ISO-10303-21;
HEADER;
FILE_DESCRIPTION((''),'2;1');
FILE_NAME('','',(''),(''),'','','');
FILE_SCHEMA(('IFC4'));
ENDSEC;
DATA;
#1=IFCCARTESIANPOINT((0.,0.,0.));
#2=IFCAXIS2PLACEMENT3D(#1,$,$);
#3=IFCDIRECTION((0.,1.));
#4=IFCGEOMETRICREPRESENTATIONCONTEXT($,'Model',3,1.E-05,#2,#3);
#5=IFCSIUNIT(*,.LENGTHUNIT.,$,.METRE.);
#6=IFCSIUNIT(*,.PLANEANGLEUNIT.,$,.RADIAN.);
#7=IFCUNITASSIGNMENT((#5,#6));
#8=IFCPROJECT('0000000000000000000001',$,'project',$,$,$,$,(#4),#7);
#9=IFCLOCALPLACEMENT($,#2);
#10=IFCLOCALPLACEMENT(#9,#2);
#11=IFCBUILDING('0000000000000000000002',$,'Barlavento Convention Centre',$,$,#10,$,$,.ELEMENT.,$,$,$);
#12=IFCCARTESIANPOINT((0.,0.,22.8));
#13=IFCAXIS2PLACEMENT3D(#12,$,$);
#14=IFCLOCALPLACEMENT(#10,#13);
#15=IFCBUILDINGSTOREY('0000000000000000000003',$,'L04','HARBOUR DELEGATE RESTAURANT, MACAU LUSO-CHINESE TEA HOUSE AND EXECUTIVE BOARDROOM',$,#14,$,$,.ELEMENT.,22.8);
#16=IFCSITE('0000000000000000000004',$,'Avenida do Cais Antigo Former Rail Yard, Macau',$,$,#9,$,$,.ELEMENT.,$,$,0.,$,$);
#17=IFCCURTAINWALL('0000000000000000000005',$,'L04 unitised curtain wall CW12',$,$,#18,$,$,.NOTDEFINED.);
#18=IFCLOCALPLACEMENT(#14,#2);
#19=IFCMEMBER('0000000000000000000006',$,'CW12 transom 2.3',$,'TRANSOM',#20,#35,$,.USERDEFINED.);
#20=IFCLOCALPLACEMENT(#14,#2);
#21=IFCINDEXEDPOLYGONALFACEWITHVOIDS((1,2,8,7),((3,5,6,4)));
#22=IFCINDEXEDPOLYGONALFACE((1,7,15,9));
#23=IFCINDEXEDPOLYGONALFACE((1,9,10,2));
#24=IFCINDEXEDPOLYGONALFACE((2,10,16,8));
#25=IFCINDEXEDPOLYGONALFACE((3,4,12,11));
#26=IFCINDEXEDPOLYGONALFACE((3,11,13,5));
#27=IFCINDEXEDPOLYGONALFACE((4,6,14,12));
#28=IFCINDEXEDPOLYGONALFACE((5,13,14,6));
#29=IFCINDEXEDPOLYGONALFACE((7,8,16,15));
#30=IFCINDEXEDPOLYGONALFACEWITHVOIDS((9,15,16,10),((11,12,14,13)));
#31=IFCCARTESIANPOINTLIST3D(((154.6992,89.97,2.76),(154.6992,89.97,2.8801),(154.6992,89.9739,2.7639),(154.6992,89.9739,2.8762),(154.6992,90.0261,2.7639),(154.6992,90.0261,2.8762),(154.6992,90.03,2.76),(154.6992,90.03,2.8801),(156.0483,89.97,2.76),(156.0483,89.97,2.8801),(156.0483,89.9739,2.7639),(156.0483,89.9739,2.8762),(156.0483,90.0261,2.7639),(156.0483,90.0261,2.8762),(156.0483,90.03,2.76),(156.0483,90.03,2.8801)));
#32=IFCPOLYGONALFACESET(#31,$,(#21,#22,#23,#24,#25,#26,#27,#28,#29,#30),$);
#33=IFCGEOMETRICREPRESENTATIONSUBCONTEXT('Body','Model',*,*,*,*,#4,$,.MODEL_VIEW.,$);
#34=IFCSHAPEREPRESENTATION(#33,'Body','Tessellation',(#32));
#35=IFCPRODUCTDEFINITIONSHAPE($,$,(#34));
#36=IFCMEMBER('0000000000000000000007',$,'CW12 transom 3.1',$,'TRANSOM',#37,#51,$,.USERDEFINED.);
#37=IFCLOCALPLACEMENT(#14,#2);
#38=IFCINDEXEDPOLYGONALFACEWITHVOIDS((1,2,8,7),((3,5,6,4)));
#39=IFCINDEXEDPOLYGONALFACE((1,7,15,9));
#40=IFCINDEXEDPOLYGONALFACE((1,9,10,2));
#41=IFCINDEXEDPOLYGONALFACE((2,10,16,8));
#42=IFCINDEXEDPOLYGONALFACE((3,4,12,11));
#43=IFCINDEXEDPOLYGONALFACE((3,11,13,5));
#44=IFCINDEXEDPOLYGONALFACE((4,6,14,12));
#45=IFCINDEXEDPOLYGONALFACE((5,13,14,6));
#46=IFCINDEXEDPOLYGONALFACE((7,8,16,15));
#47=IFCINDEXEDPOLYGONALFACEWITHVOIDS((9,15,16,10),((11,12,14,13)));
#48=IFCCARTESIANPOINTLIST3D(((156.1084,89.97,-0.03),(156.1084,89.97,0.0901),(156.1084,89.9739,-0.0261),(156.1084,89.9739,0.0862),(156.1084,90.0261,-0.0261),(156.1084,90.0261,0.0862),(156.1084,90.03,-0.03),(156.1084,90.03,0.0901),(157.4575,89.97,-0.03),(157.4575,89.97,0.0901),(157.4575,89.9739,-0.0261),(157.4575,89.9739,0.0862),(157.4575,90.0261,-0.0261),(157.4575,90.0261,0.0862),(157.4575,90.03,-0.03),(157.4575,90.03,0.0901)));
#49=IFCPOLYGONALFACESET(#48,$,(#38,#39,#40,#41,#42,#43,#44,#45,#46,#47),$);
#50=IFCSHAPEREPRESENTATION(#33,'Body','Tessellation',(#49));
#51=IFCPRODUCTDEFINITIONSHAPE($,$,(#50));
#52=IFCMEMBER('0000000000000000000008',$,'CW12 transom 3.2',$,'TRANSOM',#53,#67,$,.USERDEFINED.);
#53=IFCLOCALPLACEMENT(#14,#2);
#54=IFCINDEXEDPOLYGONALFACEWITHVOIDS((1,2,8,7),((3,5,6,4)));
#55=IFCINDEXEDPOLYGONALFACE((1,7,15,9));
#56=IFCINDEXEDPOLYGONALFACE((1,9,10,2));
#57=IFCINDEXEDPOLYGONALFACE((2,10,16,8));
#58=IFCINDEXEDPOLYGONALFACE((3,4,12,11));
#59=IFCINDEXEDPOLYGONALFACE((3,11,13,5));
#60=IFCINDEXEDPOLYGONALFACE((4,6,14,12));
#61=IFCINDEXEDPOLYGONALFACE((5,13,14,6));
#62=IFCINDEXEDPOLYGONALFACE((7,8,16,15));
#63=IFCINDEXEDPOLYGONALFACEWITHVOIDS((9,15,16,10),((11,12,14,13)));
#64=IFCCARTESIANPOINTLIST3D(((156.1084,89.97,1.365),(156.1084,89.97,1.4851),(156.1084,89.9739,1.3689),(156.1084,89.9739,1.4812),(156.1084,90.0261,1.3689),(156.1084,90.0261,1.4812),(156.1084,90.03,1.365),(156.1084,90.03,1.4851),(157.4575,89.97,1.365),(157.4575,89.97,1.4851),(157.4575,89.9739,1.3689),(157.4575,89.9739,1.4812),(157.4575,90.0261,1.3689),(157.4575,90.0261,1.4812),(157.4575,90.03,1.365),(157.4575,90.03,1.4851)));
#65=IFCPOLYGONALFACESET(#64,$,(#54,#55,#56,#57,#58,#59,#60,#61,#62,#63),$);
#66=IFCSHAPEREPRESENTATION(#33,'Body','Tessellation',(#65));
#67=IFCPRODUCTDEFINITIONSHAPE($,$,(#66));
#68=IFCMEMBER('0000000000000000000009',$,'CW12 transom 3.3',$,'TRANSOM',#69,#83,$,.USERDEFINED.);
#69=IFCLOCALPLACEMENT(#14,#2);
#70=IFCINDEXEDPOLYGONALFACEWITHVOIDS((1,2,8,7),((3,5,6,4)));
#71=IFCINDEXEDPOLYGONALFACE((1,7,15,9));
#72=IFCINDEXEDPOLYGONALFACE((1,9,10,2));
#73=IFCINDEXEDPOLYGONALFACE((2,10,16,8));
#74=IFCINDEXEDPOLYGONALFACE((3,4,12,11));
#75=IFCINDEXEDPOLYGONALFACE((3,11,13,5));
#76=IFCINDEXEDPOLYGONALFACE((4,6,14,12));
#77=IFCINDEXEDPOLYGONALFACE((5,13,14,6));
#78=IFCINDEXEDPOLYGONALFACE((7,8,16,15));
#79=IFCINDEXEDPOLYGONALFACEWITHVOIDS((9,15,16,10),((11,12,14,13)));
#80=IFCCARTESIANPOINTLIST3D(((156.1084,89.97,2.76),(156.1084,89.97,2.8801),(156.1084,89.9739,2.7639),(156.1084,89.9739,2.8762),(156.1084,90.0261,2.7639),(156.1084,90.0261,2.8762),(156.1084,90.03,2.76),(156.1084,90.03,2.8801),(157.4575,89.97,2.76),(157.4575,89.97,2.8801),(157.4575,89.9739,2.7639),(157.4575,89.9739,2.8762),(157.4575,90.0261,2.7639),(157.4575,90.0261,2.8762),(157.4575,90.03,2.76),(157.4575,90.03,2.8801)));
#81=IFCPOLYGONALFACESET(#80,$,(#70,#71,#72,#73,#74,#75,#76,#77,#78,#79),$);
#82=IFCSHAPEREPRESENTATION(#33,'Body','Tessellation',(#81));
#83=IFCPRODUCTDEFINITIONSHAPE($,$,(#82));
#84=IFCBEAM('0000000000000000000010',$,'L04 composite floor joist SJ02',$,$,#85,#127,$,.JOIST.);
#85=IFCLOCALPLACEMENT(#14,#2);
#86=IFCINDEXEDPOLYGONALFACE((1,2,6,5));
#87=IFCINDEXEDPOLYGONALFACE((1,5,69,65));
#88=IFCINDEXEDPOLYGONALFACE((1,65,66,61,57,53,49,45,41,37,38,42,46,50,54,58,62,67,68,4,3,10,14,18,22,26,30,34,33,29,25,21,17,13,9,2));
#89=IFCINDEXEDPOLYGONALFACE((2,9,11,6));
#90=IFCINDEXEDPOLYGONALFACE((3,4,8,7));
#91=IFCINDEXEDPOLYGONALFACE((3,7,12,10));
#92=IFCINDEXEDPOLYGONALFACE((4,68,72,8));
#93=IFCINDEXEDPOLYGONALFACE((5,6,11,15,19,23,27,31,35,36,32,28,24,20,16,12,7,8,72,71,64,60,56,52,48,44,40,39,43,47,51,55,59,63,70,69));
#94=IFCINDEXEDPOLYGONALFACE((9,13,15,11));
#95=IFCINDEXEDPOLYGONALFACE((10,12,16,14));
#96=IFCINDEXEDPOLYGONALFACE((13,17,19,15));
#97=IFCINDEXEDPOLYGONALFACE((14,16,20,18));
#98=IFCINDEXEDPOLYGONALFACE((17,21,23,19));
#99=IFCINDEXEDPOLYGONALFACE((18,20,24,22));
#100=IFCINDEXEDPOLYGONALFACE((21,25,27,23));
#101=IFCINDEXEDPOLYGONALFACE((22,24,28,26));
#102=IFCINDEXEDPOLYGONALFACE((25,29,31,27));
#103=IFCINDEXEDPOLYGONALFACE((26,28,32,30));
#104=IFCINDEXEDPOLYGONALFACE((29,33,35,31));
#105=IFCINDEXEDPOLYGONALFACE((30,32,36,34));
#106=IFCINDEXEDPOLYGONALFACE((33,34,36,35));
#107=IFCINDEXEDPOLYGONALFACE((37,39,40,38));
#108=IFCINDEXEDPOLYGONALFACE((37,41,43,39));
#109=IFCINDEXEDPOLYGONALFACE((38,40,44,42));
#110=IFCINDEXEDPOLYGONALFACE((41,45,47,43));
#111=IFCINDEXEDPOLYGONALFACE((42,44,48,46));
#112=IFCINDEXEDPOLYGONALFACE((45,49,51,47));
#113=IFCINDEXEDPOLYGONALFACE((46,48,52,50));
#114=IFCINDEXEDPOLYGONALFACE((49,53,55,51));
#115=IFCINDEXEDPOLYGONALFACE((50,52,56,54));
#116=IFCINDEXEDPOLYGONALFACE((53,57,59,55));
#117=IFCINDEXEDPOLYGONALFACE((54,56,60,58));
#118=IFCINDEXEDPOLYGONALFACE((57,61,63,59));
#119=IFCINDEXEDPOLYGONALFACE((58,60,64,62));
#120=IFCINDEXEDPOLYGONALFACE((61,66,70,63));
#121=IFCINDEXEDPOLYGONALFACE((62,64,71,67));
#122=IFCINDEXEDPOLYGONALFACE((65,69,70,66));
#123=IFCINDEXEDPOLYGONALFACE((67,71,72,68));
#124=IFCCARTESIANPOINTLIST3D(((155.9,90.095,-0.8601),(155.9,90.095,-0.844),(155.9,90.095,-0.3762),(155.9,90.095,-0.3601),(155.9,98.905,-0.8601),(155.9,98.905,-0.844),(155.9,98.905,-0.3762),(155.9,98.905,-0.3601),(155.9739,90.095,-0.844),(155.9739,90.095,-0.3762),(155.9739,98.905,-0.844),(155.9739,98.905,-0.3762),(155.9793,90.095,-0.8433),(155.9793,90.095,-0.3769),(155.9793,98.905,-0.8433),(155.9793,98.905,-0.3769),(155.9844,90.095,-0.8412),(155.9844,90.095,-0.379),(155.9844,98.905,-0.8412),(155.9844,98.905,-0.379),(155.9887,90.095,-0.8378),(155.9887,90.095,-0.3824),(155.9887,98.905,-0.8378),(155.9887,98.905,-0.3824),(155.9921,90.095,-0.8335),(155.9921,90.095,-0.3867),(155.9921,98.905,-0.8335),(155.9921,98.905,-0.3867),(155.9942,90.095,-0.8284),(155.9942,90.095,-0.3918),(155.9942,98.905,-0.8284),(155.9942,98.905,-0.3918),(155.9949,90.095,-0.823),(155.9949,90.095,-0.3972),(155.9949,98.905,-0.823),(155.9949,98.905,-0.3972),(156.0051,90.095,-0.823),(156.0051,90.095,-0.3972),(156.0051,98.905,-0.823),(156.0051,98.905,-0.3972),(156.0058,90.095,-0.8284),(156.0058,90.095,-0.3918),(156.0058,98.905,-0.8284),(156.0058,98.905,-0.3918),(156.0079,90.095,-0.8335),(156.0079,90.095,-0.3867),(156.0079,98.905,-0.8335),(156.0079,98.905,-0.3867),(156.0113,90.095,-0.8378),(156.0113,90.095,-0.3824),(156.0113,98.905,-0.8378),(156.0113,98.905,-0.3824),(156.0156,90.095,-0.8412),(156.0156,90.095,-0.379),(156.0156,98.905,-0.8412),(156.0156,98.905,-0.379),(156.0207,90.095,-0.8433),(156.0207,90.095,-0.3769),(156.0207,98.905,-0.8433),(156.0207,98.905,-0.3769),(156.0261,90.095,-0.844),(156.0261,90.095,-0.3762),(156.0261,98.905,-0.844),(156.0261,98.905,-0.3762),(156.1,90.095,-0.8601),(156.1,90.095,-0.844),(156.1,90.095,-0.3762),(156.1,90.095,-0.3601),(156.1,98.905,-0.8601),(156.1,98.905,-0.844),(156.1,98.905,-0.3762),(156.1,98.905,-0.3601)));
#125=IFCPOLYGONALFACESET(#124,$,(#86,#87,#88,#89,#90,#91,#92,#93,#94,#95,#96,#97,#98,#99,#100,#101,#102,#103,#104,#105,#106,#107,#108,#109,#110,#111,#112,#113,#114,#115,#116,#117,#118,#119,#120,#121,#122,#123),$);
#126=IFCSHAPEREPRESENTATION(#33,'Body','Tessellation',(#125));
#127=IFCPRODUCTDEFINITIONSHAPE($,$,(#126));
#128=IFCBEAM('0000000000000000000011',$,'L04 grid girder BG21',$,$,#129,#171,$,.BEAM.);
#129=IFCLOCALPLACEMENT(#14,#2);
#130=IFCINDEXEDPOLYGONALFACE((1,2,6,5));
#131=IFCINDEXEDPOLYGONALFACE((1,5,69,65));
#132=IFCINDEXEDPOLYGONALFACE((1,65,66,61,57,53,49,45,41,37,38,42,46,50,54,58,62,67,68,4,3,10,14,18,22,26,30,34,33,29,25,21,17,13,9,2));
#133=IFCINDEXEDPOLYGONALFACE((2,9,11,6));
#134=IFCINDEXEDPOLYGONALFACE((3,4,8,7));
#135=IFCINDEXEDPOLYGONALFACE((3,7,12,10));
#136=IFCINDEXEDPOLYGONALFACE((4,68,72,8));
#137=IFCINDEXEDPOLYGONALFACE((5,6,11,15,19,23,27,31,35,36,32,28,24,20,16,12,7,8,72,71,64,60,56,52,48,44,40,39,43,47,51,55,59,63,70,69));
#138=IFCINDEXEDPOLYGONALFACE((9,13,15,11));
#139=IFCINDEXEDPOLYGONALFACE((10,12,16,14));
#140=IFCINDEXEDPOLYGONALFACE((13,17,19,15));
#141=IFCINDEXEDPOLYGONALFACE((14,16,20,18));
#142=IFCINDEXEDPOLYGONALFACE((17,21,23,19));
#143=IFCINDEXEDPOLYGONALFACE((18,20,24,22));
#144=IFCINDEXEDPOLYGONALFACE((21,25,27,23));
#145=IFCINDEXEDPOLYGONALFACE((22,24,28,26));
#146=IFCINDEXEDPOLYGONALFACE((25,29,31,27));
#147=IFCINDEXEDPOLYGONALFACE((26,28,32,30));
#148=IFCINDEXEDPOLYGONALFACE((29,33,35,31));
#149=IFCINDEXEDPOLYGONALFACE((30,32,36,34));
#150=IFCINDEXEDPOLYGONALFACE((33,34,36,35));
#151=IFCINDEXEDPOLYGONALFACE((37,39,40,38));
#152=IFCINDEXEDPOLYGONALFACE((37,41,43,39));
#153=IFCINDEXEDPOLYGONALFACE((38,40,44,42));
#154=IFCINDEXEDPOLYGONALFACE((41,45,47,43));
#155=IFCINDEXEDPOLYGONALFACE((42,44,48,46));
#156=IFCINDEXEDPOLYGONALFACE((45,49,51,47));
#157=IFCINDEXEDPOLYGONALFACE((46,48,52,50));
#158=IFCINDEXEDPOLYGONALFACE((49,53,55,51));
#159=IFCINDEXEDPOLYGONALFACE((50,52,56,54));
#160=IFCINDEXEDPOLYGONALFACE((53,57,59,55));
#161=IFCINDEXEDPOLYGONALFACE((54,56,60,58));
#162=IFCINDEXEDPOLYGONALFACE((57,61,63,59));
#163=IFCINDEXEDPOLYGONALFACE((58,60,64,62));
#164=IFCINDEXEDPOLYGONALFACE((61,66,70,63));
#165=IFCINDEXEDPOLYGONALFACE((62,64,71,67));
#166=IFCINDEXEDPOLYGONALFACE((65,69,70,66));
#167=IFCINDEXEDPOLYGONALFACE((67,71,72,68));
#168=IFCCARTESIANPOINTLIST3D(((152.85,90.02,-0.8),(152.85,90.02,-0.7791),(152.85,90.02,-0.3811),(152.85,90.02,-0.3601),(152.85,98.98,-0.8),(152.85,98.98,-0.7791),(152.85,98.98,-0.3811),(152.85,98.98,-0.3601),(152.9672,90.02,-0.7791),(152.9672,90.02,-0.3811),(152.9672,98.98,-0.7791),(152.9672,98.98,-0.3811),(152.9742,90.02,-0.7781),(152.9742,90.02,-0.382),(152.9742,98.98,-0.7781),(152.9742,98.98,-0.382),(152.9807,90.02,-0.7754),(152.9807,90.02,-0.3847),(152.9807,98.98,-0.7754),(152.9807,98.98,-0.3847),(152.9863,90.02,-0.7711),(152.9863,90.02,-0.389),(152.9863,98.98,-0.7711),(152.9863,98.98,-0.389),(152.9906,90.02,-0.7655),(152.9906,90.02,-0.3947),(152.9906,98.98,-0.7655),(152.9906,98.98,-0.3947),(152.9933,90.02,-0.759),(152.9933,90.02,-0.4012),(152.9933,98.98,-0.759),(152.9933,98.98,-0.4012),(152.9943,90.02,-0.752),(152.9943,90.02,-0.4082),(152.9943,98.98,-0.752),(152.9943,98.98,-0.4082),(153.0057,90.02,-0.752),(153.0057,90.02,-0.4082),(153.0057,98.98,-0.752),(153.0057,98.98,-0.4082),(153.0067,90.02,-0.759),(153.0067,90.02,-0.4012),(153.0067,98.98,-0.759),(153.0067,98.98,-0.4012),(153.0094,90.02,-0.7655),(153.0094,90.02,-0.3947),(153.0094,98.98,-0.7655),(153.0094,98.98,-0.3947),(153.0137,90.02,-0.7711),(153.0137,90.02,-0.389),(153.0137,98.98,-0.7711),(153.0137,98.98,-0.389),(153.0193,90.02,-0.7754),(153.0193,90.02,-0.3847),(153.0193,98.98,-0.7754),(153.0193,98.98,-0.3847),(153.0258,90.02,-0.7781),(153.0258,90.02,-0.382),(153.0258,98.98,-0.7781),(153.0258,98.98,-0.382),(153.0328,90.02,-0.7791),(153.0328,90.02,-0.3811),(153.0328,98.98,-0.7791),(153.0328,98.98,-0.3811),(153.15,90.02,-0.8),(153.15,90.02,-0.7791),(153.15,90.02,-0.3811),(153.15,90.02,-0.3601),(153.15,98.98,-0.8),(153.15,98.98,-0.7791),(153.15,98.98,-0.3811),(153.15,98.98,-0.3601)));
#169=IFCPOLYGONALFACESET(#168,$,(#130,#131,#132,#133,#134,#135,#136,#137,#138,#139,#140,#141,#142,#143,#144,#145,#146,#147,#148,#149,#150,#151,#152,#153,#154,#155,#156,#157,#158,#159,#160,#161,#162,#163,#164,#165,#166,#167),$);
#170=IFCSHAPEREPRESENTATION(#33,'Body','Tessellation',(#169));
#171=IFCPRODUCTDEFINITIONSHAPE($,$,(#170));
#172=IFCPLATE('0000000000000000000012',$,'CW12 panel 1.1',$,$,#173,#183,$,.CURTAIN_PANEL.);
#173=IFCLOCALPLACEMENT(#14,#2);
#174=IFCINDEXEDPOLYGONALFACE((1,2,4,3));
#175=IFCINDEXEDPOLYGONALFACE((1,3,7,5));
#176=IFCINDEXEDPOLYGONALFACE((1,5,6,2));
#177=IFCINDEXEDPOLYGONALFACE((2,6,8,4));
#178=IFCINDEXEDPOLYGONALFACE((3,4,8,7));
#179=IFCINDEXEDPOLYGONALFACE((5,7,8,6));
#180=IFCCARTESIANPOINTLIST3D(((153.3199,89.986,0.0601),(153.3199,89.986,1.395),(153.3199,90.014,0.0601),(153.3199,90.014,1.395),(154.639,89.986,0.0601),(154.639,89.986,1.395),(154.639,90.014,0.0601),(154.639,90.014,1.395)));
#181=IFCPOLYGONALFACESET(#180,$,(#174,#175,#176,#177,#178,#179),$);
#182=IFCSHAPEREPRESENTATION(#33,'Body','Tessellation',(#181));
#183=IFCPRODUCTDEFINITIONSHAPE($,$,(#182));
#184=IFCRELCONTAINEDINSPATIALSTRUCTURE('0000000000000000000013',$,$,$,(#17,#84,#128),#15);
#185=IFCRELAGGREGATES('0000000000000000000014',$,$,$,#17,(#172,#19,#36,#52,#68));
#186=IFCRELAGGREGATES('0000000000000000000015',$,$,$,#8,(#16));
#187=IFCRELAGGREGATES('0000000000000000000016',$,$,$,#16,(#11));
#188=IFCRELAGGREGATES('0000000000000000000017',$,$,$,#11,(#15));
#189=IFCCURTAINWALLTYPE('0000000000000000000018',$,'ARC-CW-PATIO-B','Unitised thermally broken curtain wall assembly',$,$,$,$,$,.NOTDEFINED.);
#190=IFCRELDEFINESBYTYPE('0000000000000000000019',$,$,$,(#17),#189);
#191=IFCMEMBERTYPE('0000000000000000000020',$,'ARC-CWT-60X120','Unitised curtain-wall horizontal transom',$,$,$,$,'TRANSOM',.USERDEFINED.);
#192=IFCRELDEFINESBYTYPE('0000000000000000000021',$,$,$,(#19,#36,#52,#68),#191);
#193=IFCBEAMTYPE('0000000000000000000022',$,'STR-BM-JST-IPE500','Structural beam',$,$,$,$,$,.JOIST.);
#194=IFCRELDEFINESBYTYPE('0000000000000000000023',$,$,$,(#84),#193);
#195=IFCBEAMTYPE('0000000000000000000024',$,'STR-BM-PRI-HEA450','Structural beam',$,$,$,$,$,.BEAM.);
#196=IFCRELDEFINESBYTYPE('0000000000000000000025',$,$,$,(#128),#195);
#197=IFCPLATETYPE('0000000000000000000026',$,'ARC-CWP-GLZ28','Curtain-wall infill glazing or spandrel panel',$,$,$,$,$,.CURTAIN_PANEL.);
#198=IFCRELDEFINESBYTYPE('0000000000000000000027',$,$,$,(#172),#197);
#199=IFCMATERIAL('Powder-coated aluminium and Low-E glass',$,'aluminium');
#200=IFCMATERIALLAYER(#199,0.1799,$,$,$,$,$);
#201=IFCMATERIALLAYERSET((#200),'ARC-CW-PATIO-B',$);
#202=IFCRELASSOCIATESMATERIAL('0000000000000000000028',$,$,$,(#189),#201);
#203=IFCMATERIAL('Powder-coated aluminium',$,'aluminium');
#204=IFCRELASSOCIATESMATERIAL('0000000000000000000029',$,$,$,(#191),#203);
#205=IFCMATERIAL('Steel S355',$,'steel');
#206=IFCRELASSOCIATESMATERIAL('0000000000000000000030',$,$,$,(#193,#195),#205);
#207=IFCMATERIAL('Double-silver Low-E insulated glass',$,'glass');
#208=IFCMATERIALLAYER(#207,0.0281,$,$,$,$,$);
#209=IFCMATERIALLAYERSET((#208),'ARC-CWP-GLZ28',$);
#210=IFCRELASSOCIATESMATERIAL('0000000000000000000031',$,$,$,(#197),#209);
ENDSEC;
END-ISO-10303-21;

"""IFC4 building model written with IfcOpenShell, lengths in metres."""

from ifc_helpers import new_model, si_unit, direction, frame, origin, origin_2d, place, context, subcontext, project, spatial, rectangle, hollow_rectangle, i_section, extrude, material, layer, layer_set, material_profile, profile_set, type_object, element, aggregate, save


model = new_model("IFC4")

# Units and contexts
model_context = context("Model", 3, precision=1e-05, world=origin(), true_north=direction((0.0, 1.0)))
body_context = subcontext(model_context, "Body", "Model", "MODEL_VIEW")
ifc_project = project(units=[si_unit("LENGTHUNIT", "METRE"), si_unit("PLANEANGLEUNIT", "RADIAN")], contexts=[model_context])

# Site, building, storey
site_placement = place(None, origin())
site = spatial("IfcSite", under=ifc_project, at=site_placement, Name="Avenida do Cais Antigo Former Rail Yard, Macau", CompositionType="ELEMENT", RefElevation=0.0)
building_placement = place(site_placement, origin())
building = spatial("IfcBuilding", under=site, at=building_placement, Name="Barlavento Convention Centre", CompositionType="ELEMENT")
storey_placement = place(building_placement, frame((0.0, 0.0, 22.8)))
storey = spatial("IfcBuildingStorey", under=building, at=storey_placement, Name="L04", Description="HARBOUR DELEGATE RESTAURANT, MACAU LUSO-CHINESE TEA HOUSE AND EXECUTIVE BOARDROOM", CompositionType="ELEMENT", Elevation=22.8)

# Shared definitions
ifc_material_1 = material(Name="Steel S355", Category="steel")

# Curtain wall, members
ifc_material_2 = material(Name="Powder-coated aluminium and Low-E glass", Category="aluminium")
ifc_layer_1 = layer(ifc_material_2, 0.1799)
ifc_layer_set_1 = layer_set([ifc_layer_1], Name="ARC-CW-PATIO-B")
curtain_wall_type = type_object("IfcCurtainWallType", Name="ARC-CW-PATIO-B", Description="Unitised thermally broken curtain wall assembly", PredefinedType="NOTDEFINED", material=ifc_layer_set_1)
curtain_wall_placement = place(storey_placement, origin())
curtain_wall = element("IfcCurtainWall", 1, at=curtain_wall_placement, inside=storey, type_object=curtain_wall_type, Name="L04 unitised curtain wall CW12", PredefinedType="NOTDEFINED")
ifc_material_3 = material(Name="Powder-coated aluminium", Category="aluminium")
ifc_material_profile_1 = material_profile(ifc_material_3, hollow_rectangle(XDim=0.0601, YDim=0.1201, WallThickness=0.0039, at=origin_2d()), Name="AL-TRAN 60x120x4")
ifc_profile_set_1 = profile_set([ifc_material_profile_1], Name="Powder-coated aluminium")
member_type_1 = type_object("IfcMemberType", Name="ARC-CWT-60X120", Description="Unitised curtain-wall horizontal transom", ElementType="TRANSOM", PredefinedType="USERDEFINED", material=ifc_profile_set_1)
member_1_placement = place(storey_placement, frame((154.6992, 90.0, 2.8201), z_axis=(1.0, 0.0, 0.0), x_axis=(0.0, 1.0, 0.0)))
member_1 = element("IfcMember", 2, at=member_1_placement, type_object=member_type_1, Name="CW12 transom 2.3", ObjectType="TRANSOM", PredefinedType="USERDEFINED", context=body_context, shape_type="SweptSolid", body=[
    extrude(hollow_rectangle(XDim=0.0601, YDim=0.1201, WallThickness=0.0039, at=origin_2d()), origin(), (0.0, 0.0, 1.0), 1.3491),
])
member_2_placement = place(storey_placement, frame((156.1084, 90.0, 0.03), z_axis=(1.0, 0.0, 0.0), x_axis=(0.0, 1.0, 0.0)))
member_2 = element("IfcMember", 3, at=member_2_placement, type_object=member_type_1, Name="CW12 transom 3.1", ObjectType="TRANSOM", PredefinedType="USERDEFINED", context=body_context, shape_type="SweptSolid", body=[
    extrude(hollow_rectangle(XDim=0.0601, YDim=0.1201, WallThickness=0.0039, at=origin_2d()), origin(), (0.0, 0.0, 1.0), 1.3491),
])
member_3_placement = place(storey_placement, frame((156.1084, 90.0, 1.425), z_axis=(1.0, 0.0, 0.0), x_axis=(0.0, 1.0, 0.0)))
member_3 = element("IfcMember", 4, at=member_3_placement, type_object=member_type_1, Name="CW12 transom 3.2", ObjectType="TRANSOM", PredefinedType="USERDEFINED", context=body_context, shape_type="SweptSolid", body=[
    extrude(hollow_rectangle(XDim=0.0601, YDim=0.1201, WallThickness=0.0039, at=origin_2d()), origin(), (0.0, 0.0, 1.0), 1.3491),
])
member_4_placement = place(storey_placement, frame((156.1084, 90.0, 2.8201), z_axis=(1.0, 0.0, 0.0), x_axis=(0.0, 1.0, 0.0)))
member_4 = element("IfcMember", 5, at=member_4_placement, type_object=member_type_1, Name="CW12 transom 3.3", ObjectType="TRANSOM", PredefinedType="USERDEFINED", context=body_context, shape_type="SweptSolid", body=[
    extrude(hollow_rectangle(XDim=0.0601, YDim=0.1201, WallThickness=0.0039, at=origin_2d()), origin(), (0.0, 0.0, 1.0), 1.3491),
])

# Beams
ifc_material_profile_2 = material_profile(ifc_material_1, i_section(OverallWidth=0.2, OverallDepth=0.5, WebThickness=0.0103, FlangeThickness=0.0161, FilletRadius=0.021, at=origin_2d()), Name="IPE 500")
ifc_profile_set_2 = profile_set([ifc_material_profile_2], Name="Steel S355")
beam_type_1 = type_object("IfcBeamType", Name="STR-BM-JST-IPE500", Description="Structural beam", PredefinedType="JOIST", material=ifc_profile_set_2)
beam_1_placement = place(storey_placement, frame((156.0, 90.095, -0.6101), z_axis=(0.0, 1.0, 0.0), x_axis=(-1.0, 0.0, 0.0)))
element("IfcBeam", 6, at=beam_1_placement, inside=storey, type_object=beam_type_1, Name="L04 composite floor joist SJ02", PredefinedType="JOIST", context=body_context, shape_type="SweptSolid", body=[
    extrude(i_section(OverallWidth=0.2, OverallDepth=0.5, WebThickness=0.0103, FlangeThickness=0.0161, FilletRadius=0.021, at=origin_2d()), origin(), (0.0, 0.0, 1.0), 8.8101),
])
ifc_material_profile_3 = material_profile(ifc_material_1, i_section(OverallWidth=0.3, OverallDepth=0.4399, WebThickness=0.0115, FlangeThickness=0.021, FilletRadius=0.0271, at=origin_2d()), Name="HEA 450")
ifc_profile_set_3 = profile_set([ifc_material_profile_3], Name="Steel S355")
beam_type_2 = type_object("IfcBeamType", Name="STR-BM-PRI-HEA450", Description="Structural beam", PredefinedType="BEAM", material=ifc_profile_set_3)
beam_2_placement = place(storey_placement, frame((153.0, 90.02, -0.5801), z_axis=(0.0, 1.0, 0.0), x_axis=(-1.0, 0.0, 0.0)))
element("IfcBeam", 7, at=beam_2_placement, inside=storey, type_object=beam_type_2, Name="L04 grid girder BG21", PredefinedType="BEAM", context=body_context, shape_type="SweptSolid", body=[
    extrude(i_section(OverallWidth=0.3, OverallDepth=0.4399, WebThickness=0.0115, FlangeThickness=0.021, FilletRadius=0.0271, at=origin_2d()), origin(), (0.0, 0.0, 1.0), 8.96),
])

# Plate
ifc_material_4 = material(Name="Double-silver Low-E insulated glass", Category="glass")
ifc_layer_2 = layer(ifc_material_4, 0.0281)
ifc_layer_set_2 = layer_set([ifc_layer_2], Name="ARC-CWP-GLZ28")
plate_type = type_object("IfcPlateType", Name="ARC-CWP-GLZ28", Description="Curtain-wall infill glazing or spandrel panel", PredefinedType="CURTAIN_PANEL", material=ifc_layer_set_2)
plate_1_placement = place(storey_placement, frame((153.9795, 90.0, 0.0601), z_axis=(0.0, 0.0, 1.0), x_axis=(1.0, 0.0, 0.0)))
plate_1 = element("IfcPlate", 8, at=plate_1_placement, type_object=plate_type, Name="CW12 panel 1.1", PredefinedType="CURTAIN_PANEL", context=body_context, shape_type="SweptSolid", body=[
    extrude(rectangle(XDim=1.3191, YDim=0.0281, at=origin_2d()), origin(), (0.0, 0.0, 1.0), 1.335),
])
aggregate(curtain_wall, [plate_1, member_1, member_2, member_3, member_4])

save(model, "model.ifc")
